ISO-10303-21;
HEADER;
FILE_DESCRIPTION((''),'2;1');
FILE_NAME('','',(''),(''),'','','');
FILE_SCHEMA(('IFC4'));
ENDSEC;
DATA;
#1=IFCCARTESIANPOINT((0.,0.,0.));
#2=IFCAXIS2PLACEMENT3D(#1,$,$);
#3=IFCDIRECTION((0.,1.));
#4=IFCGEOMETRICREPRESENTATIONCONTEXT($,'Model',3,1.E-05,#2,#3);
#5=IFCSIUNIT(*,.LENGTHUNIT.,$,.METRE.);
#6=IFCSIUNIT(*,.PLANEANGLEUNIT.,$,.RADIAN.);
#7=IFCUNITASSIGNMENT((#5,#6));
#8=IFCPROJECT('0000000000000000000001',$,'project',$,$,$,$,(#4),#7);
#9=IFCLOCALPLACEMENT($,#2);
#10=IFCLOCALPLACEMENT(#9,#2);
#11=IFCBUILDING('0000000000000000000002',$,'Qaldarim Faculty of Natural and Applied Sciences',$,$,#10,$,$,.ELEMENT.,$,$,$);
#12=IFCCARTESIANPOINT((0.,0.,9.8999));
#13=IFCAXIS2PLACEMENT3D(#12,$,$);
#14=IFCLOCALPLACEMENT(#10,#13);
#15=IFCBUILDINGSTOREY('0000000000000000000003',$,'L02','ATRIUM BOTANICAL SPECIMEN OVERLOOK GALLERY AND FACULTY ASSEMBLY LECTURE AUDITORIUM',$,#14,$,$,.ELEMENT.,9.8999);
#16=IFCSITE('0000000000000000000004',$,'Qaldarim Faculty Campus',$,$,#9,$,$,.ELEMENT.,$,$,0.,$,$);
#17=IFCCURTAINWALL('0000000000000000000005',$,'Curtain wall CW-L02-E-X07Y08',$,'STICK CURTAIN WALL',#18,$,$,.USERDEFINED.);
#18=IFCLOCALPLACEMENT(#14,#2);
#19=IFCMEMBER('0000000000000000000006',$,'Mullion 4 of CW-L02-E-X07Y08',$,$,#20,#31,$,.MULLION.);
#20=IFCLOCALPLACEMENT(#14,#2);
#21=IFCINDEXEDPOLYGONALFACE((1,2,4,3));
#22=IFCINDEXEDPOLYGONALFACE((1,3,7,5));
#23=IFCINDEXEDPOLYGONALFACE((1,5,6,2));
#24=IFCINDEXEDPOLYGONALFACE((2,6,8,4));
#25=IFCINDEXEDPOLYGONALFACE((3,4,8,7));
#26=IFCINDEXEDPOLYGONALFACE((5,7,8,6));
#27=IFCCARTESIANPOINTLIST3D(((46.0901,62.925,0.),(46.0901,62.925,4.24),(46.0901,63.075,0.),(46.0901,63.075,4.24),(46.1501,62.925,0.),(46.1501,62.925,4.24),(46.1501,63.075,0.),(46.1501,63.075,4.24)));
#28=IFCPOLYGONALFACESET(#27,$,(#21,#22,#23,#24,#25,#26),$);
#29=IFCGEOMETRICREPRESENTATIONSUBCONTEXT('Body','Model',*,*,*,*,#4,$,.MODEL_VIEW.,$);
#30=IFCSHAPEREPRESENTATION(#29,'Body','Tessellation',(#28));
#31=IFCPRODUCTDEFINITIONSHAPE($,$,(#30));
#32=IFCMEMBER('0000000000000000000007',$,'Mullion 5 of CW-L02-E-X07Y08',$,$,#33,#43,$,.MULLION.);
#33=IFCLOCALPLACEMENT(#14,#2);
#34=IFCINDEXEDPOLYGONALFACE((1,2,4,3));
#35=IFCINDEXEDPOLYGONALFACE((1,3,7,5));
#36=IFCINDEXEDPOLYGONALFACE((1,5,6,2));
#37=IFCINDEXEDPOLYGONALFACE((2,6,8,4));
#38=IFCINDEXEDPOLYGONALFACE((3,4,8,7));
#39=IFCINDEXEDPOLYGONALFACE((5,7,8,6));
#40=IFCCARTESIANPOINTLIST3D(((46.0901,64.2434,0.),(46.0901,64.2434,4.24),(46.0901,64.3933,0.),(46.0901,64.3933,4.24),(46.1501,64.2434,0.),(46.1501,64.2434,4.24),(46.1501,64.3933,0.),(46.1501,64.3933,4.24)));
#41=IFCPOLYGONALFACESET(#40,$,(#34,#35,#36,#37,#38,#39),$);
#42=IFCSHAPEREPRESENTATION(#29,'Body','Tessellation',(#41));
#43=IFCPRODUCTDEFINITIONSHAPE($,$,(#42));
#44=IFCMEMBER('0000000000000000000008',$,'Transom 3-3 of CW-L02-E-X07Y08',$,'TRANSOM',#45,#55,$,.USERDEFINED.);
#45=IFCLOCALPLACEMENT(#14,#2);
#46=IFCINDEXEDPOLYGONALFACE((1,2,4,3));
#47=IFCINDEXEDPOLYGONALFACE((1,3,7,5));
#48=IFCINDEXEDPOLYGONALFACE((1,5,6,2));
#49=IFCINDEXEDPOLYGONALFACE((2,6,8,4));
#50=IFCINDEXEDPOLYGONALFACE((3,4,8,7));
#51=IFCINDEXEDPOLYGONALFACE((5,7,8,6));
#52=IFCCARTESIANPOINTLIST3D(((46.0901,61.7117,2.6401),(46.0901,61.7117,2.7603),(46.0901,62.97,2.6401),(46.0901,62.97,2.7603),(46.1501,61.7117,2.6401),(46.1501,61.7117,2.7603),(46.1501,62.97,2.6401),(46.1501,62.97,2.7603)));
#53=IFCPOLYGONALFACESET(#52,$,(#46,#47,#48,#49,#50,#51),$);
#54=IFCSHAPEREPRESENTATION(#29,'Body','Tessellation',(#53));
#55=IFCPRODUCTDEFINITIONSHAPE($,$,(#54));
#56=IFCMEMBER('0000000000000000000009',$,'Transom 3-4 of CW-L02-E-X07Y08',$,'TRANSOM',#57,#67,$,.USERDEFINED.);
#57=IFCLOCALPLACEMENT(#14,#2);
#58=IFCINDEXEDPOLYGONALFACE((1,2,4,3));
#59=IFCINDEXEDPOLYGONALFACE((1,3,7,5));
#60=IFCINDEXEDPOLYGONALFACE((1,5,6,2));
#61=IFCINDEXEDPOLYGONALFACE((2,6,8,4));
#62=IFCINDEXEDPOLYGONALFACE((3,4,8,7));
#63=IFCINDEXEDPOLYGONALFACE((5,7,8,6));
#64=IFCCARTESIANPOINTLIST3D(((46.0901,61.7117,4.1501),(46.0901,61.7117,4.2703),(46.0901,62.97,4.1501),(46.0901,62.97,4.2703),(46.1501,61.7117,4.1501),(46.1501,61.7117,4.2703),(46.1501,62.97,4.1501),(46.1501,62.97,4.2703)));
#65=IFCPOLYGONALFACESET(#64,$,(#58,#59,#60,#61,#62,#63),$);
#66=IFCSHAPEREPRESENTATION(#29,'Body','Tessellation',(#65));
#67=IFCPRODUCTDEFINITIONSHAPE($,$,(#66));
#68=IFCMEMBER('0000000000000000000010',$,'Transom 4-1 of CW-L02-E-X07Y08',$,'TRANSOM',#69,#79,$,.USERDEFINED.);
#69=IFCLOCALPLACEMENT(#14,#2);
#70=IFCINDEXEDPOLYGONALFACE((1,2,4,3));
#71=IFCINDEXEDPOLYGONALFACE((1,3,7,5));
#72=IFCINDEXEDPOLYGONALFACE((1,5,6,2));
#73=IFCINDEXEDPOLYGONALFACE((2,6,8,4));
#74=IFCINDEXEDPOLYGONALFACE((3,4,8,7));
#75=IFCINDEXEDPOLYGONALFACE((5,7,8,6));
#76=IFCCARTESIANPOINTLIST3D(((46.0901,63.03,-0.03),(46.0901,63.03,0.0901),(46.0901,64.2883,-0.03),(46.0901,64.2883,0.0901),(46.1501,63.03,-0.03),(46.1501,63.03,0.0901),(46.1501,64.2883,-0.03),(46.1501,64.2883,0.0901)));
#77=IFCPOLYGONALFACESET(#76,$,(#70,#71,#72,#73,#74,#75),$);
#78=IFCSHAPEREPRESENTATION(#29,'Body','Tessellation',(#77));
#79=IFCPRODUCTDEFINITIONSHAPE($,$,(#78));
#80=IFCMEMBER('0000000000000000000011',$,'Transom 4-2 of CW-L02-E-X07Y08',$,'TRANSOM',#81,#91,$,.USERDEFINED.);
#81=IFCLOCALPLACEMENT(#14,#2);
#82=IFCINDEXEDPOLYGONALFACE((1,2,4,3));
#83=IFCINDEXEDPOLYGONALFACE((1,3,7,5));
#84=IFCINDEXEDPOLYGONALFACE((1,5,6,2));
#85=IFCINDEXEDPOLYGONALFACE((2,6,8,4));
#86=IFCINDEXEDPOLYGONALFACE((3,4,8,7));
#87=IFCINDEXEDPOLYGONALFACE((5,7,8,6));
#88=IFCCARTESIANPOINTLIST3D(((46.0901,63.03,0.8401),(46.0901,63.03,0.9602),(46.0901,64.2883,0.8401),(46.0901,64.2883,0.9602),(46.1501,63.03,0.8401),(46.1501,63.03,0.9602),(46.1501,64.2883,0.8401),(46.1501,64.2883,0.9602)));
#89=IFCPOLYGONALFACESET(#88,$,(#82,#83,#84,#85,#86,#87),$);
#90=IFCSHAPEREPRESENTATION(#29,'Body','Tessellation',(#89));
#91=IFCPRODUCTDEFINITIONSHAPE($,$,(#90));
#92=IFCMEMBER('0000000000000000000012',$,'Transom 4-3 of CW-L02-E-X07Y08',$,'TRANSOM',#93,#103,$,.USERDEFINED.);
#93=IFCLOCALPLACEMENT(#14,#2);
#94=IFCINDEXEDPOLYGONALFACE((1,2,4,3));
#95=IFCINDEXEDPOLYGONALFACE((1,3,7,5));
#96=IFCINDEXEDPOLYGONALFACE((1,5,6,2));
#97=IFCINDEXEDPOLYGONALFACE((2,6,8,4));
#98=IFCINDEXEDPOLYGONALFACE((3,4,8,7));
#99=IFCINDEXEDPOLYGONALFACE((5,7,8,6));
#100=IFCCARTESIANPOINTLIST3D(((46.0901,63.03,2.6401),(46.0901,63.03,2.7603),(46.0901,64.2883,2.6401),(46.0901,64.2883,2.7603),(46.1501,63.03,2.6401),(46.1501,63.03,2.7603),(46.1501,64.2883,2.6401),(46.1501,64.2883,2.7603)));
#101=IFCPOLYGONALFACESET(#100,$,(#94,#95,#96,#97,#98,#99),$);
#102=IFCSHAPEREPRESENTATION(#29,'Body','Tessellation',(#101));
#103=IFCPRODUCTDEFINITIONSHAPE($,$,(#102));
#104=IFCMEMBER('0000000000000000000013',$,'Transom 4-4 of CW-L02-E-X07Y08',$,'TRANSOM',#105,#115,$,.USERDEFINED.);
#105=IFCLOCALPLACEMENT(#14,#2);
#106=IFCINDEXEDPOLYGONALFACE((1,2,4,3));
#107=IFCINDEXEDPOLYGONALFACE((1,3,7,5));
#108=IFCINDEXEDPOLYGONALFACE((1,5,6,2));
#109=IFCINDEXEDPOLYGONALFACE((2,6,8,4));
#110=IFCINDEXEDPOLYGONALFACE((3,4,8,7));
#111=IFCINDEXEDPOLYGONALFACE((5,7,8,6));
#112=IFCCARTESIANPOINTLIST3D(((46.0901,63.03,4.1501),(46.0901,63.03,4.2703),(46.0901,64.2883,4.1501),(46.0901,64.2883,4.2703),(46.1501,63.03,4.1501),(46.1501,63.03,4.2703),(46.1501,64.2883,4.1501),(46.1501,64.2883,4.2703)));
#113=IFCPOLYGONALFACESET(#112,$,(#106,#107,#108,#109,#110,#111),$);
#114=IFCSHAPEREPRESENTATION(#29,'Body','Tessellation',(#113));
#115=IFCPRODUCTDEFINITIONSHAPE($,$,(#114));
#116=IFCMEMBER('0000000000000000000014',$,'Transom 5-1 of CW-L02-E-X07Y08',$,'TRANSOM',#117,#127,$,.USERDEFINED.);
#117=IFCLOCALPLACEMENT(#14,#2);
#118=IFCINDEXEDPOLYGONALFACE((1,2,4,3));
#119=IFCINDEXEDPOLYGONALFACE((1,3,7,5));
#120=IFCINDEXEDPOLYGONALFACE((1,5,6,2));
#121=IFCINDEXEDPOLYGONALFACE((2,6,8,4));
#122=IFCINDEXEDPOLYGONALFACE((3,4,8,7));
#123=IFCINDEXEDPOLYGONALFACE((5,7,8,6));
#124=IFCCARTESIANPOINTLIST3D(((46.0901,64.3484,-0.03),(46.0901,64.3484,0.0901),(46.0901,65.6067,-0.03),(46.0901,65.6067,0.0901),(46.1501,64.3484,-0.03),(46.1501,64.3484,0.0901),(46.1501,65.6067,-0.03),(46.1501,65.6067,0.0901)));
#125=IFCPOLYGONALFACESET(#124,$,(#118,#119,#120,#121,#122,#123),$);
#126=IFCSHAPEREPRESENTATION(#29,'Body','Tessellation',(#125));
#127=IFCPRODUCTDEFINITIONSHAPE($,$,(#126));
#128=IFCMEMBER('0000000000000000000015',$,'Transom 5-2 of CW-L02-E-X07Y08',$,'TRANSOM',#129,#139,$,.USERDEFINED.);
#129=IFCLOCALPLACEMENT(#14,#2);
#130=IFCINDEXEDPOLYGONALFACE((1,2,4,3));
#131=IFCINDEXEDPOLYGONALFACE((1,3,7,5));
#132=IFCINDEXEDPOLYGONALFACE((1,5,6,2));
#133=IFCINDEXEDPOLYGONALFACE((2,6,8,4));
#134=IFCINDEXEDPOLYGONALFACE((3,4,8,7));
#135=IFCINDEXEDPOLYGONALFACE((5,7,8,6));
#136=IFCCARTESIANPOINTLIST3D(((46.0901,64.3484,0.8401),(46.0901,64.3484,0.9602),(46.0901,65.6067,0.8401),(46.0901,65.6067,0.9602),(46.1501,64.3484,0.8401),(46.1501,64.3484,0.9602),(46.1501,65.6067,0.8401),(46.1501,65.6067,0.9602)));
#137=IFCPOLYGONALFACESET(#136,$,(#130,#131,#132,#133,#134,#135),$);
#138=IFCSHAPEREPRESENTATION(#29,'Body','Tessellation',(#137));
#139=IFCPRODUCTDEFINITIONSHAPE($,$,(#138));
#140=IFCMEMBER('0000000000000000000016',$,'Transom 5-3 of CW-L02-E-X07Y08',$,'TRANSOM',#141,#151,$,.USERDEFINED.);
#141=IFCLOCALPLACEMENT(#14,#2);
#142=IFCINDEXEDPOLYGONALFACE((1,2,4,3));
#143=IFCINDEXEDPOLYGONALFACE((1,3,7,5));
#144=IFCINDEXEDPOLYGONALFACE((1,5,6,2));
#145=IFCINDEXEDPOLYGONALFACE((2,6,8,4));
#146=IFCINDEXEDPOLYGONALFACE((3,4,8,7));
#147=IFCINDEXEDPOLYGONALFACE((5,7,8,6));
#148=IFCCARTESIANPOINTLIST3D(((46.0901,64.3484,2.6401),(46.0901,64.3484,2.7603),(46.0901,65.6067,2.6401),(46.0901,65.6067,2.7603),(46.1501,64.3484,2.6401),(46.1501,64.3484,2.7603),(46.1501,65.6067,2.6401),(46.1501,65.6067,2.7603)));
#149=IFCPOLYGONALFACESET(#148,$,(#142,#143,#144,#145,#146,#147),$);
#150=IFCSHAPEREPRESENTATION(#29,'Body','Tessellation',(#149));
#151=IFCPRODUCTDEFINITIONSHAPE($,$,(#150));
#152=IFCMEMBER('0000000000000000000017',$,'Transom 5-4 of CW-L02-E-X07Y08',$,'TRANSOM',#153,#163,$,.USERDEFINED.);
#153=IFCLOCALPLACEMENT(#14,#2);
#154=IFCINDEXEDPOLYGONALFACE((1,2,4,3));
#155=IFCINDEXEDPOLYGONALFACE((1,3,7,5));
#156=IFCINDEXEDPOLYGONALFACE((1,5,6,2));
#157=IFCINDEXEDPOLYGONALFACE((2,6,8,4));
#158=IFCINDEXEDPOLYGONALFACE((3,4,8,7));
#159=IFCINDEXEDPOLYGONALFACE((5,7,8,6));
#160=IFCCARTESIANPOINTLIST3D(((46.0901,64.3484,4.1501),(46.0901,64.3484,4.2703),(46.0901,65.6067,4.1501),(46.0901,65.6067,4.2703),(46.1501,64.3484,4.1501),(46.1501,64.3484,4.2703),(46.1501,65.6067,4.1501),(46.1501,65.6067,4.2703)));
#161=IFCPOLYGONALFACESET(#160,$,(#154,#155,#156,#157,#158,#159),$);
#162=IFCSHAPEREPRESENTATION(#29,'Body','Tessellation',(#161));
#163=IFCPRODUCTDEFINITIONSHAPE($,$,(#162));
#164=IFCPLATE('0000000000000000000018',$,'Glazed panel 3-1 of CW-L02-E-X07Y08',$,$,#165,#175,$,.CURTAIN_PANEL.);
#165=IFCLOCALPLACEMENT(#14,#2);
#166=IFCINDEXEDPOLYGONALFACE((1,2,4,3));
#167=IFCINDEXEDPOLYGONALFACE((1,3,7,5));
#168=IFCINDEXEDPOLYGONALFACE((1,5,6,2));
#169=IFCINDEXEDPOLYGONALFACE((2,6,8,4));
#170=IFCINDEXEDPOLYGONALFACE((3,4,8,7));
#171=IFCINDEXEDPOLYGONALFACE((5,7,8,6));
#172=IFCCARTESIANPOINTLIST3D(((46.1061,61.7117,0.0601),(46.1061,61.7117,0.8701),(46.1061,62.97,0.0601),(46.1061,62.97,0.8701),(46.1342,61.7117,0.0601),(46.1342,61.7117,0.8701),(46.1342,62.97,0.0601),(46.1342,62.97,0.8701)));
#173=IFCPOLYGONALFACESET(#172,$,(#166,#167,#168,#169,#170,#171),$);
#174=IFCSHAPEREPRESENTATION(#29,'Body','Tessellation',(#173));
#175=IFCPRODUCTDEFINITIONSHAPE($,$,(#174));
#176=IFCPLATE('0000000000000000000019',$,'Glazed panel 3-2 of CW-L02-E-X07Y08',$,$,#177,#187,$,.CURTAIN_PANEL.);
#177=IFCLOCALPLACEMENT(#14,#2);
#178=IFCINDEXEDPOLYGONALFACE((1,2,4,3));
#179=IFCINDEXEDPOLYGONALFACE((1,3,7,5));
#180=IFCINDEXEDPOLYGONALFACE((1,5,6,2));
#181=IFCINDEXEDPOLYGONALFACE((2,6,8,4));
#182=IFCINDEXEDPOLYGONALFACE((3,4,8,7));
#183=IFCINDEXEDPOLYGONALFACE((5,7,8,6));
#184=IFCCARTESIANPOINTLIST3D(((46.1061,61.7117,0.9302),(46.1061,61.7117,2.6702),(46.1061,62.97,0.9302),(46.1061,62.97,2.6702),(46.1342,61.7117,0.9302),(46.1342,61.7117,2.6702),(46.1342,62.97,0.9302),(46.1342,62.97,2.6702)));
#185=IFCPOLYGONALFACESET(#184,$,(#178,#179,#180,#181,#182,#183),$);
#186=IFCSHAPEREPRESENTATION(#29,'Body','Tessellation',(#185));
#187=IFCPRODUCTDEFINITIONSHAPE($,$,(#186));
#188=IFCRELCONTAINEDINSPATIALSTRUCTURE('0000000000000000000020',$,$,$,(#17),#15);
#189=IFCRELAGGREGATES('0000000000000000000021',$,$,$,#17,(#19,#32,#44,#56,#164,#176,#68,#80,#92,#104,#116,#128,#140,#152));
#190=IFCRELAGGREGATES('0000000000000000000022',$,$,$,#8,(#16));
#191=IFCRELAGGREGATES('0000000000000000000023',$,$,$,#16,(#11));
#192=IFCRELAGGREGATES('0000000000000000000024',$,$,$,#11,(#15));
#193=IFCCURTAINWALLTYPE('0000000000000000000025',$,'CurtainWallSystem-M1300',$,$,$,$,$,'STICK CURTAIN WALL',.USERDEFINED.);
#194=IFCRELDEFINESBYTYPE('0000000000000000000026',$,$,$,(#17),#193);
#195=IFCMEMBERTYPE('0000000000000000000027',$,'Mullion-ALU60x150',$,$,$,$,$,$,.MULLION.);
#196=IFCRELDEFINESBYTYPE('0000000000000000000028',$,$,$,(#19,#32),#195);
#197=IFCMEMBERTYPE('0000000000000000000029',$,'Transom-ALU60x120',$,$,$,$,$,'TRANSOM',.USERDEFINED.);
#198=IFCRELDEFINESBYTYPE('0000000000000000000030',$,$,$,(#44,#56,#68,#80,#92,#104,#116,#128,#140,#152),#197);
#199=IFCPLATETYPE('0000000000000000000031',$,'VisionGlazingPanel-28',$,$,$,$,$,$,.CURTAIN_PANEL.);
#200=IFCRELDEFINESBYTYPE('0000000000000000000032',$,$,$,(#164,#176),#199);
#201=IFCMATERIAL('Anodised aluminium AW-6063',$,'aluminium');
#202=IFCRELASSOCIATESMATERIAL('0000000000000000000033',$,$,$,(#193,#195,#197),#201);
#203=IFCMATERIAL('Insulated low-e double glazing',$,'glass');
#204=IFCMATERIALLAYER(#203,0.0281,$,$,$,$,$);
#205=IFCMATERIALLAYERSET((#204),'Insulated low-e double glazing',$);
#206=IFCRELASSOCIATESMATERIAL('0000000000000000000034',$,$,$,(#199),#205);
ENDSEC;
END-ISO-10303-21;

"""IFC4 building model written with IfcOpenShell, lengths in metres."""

from ifc_helpers import new_model, si_unit, direction, frame, origin, origin_2d, place, context, subcontext, project, spatial, rectangle, extrude, material, layer, layer_set, material_profile, profile_set, type_object, element, aggregate, save


model = new_model("IFC4")

# Units and contexts
model_context = context("Model", 3, precision=1e-05, world=origin(), true_north=direction((0.0, 1.0)))
body_context = subcontext(model_context, "Body", "Model", "MODEL_VIEW")
ifc_project = project(units=[si_unit("LENGTHUNIT", "METRE"), si_unit("PLANEANGLEUNIT", "RADIAN")], contexts=[model_context])

# Site, building, storey
site_placement = place(None, origin())
site = spatial("IfcSite", under=ifc_project, at=site_placement, Name="Qaldarim Faculty Campus", CompositionType="ELEMENT", RefElevation=0.0)
building_placement = place(site_placement, origin())
building = spatial("IfcBuilding", under=site, at=building_placement, Name="Qaldarim Faculty of Natural and Applied Sciences", CompositionType="ELEMENT")
storey_placement = place(building_placement, frame((0.0, 0.0, 9.8999)))
storey = spatial("IfcBuildingStorey", under=building, at=storey_placement, Name="L02", Description="ATRIUM BOTANICAL SPECIMEN OVERLOOK GALLERY AND FACULTY ASSEMBLY LECTURE AUDITORIUM", CompositionType="ELEMENT", Elevation=9.8999)

# Curtain wall, members, plates
ifc_material_1 = material(Name="Anodised aluminium AW-6063", Category="aluminium")
curtain_wall_type = type_object("IfcCurtainWallType", Name="CurtainWallSystem-M1300", ElementType="STICK CURTAIN WALL", PredefinedType="USERDEFINED", material=ifc_material_1)
curtain_wall_placement = place(storey_placement, origin())
curtain_wall = element("IfcCurtainWall", 1, at=curtain_wall_placement, inside=storey, type_object=curtain_wall_type, Name="Curtain wall CW-L02-E-X07Y08", ObjectType="STICK CURTAIN WALL", PredefinedType="USERDEFINED")
ifc_material_profile_1 = material_profile(ifc_material_1, rectangle(XDim=0.0601, YDim=0.1499, at=origin_2d()), Name="ALU-M60x150")
ifc_profile_set_1 = profile_set([ifc_material_profile_1], Name="Anodised aluminium AW-6063")
member_type_1 = type_object("IfcMemberType", Name="Mullion-ALU60x150", PredefinedType="MULLION", material=ifc_profile_set_1)
member_1_placement = place(storey_placement, frame((46.1201, 63.0, 0.0), z_axis=(0.0, 0.0, 1.0), x_axis=(-1.0, 0.0, 0.0)))
member_1 = element("IfcMember", 2, at=member_1_placement, type_object=member_type_1, Name="Mullion 4 of CW-L02-E-X07Y08", PredefinedType="MULLION", context=body_context, shape_type="SweptSolid", body=[
    extrude(rectangle(XDim=0.0601, YDim=0.1499, at=origin_2d()), origin(), (0.0, 0.0, 1.0), 4.24),
])
member_2_placement = place(storey_placement, frame((46.1201, 64.3184, 0.0), z_axis=(0.0, 0.0, 1.0), x_axis=(-1.0, 0.0, 0.0)))
member_2 = element("IfcMember", 3, at=member_2_placement, type_object=member_type_1, Name="Mullion 5 of CW-L02-E-X07Y08", PredefinedType="MULLION", context=body_context, shape_type="SweptSolid", body=[
    extrude(rectangle(XDim=0.0601, YDim=0.1499, at=origin_2d()), origin(), (0.0, 0.0, 1.0), 4.24),
])
ifc_material_profile_2 = material_profile(ifc_material_1, rectangle(XDim=0.0601, YDim=0.1201, at=origin_2d()), Name="ALU-T60x120")
ifc_profile_set_2 = profile_set([ifc_material_profile_2], Name="Anodised aluminium AW-6063")
member_type_2 = type_object("IfcMemberType", Name="Transom-ALU60x120", ElementType="TRANSOM", PredefinedType="USERDEFINED", material=ifc_profile_set_2)
member_3_placement = place(storey_placement, frame((46.1201, 61.7117, 2.7002), z_axis=(0.0, 1.0, 0.0), x_axis=(-1.0, 0.0, 0.0)))
member_3 = element("IfcMember", 4, at=member_3_placement, type_object=member_type_2, Name="Transom 3-3 of CW-L02-E-X07Y08", ObjectType="TRANSOM", PredefinedType="USERDEFINED", context=body_context, shape_type="SweptSolid", body=[
    extrude(rectangle(XDim=0.0601, YDim=0.1201, at=origin_2d()), origin(), (0.0, 0.0, 1.0), 1.2583),
])
member_4_placement = place(storey_placement, frame((46.1201, 61.7117, 4.2102), z_axis=(0.0, 1.0, 0.0), x_axis=(-1.0, 0.0, 0.0)))
member_4 = element("IfcMember", 5, at=member_4_placement, type_object=member_type_2, Name="Transom 3-4 of CW-L02-E-X07Y08", ObjectType="TRANSOM", PredefinedType="USERDEFINED", context=body_context, shape_type="SweptSolid", body=[
    extrude(rectangle(XDim=0.0601, YDim=0.1201, at=origin_2d()), origin(), (0.0, 0.0, 1.0), 1.2583),
])
member_5_placement = place(storey_placement, frame((46.1201, 63.03, 0.03), z_axis=(0.0, 1.0, 0.0), x_axis=(-1.0, 0.0, 0.0)))
member_5 = element("IfcMember", 6, at=member_5_placement, type_object=member_type_2, Name="Transom 4-1 of CW-L02-E-X07Y08", ObjectType="TRANSOM", PredefinedType="USERDEFINED", context=body_context, shape_type="SweptSolid", body=[
    extrude(rectangle(XDim=0.0601, YDim=0.1201, at=origin_2d()), origin(), (0.0, 0.0, 1.0), 1.2583),
])
member_6_placement = place(storey_placement, frame((46.1201, 63.03, 0.9001), z_axis=(0.0, 1.0, 0.0), x_axis=(-1.0, 0.0, 0.0)))
member_6 = element("IfcMember", 7, at=member_6_placement, type_object=member_type_2, Name="Transom 4-2 of CW-L02-E-X07Y08", ObjectType="TRANSOM", PredefinedType="USERDEFINED", context=body_context, shape_type="SweptSolid", body=[
    extrude(rectangle(XDim=0.0601, YDim=0.1201, at=origin_2d()), origin(), (0.0, 0.0, 1.0), 1.2583),
])
member_7_placement = place(storey_placement, frame((46.1201, 63.03, 2.7002), z_axis=(0.0, 1.0, 0.0), x_axis=(-1.0, 0.0, 0.0)))
member_7 = element("IfcMember", 8, at=member_7_placement, type_object=member_type_2, Name="Transom 4-3 of CW-L02-E-X07Y08", ObjectType="TRANSOM", PredefinedType="USERDEFINED", context=body_context, shape_type="SweptSolid", body=[
    extrude(rectangle(XDim=0.0601, YDim=0.1201, at=origin_2d()), origin(), (0.0, 0.0, 1.0), 1.2583),
])
member_8_placement = place(storey_placement, frame((46.1201, 63.03, 4.2102), z_axis=(0.0, 1.0, 0.0), x_axis=(-1.0, 0.0, 0.0)))
member_8 = element("IfcMember", 9, at=member_8_placement, type_object=member_type_2, Name="Transom 4-4 of CW-L02-E-X07Y08", ObjectType="TRANSOM", PredefinedType="USERDEFINED", context=body_context, shape_type="SweptSolid", body=[
    extrude(rectangle(XDim=0.0601, YDim=0.1201, at=origin_2d()), origin(), (0.0, 0.0, 1.0), 1.2583),
])
member_9_placement = place(storey_placement, frame((46.1201, 64.3484, 0.03), z_axis=(0.0, 1.0, 0.0), x_axis=(-1.0, 0.0, 0.0)))
member_9 = element("IfcMember", 10, at=member_9_placement, type_object=member_type_2, Name="Transom 5-1 of CW-L02-E-X07Y08", ObjectType="TRANSOM", PredefinedType="USERDEFINED", context=body_context, shape_type="SweptSolid", body=[
    extrude(rectangle(XDim=0.0601, YDim=0.1201, at=origin_2d()), origin(), (0.0, 0.0, 1.0), 1.2583),
])
member_10_placement = place(storey_placement, frame((46.1201, 64.3484, 0.9001), z_axis=(0.0, 1.0, 0.0), x_axis=(-1.0, 0.0, 0.0)))
member_10 = element("IfcMember", 11, at=member_10_placement, type_object=member_type_2, Name="Transom 5-2 of CW-L02-E-X07Y08", ObjectType="TRANSOM", PredefinedType="USERDEFINED", context=body_context, shape_type="SweptSolid", body=[
    extrude(rectangle(XDim=0.0601, YDim=0.1201, at=origin_2d()), origin(), (0.0, 0.0, 1.0), 1.2583),
])
member_11_placement = place(storey_placement, frame((46.1201, 64.3484, 2.7002), z_axis=(0.0, 1.0, 0.0), x_axis=(-1.0, 0.0, 0.0)))
member_11 = element("IfcMember", 12, at=member_11_placement, type_object=member_type_2, Name="Transom 5-3 of CW-L02-E-X07Y08", ObjectType="TRANSOM", PredefinedType="USERDEFINED", context=body_context, shape_type="SweptSolid", body=[
    extrude(rectangle(XDim=0.0601, YDim=0.1201, at=origin_2d()), origin(), (0.0, 0.0, 1.0), 1.2583),
])
member_12_placement = place(storey_placement, frame((46.1201, 64.3484, 4.2102), z_axis=(0.0, 1.0, 0.0), x_axis=(-1.0, 0.0, 0.0)))
member_12 = element("IfcMember", 13, at=member_12_placement, type_object=member_type_2, Name="Transom 5-4 of CW-L02-E-X07Y08", ObjectType="TRANSOM", PredefinedType="USERDEFINED", context=body_context, shape_type="SweptSolid", body=[
    extrude(rectangle(XDim=0.0601, YDim=0.1201, at=origin_2d()), origin(), (0.0, 0.0, 1.0), 1.2583),
])
ifc_material_2 = material(Name="Insulated low-e double glazing", Category="glass")
ifc_layer_1 = layer(ifc_material_2, 0.0281)
ifc_layer_set_1 = layer_set([ifc_layer_1], Name="Insulated low-e double glazing")
plate_type = type_object("IfcPlateType", Name="VisionGlazingPanel-28", PredefinedType="CURTAIN_PANEL", material=ifc_layer_set_1)
plate_1_placement = place(storey_placement, frame((46.1201, 62.3408, 0.0601), z_axis=(0.0, 0.0, 1.0), x_axis=(0.0, 1.0, 0.0)))
plate_1 = element("IfcPlate", 14, at=plate_1_placement, type_object=plate_type, Name="Glazed panel 3-1 of CW-L02-E-X07Y08", PredefinedType="CURTAIN_PANEL", context=body_context, shape_type="SweptSolid", body=[
    extrude(rectangle(XDim=1.2583, YDim=0.0281, at=origin_2d()), origin(), (0.0, 0.0, 1.0), 0.8101),
])
plate_2_placement = place(storey_placement, frame((46.1201, 62.3408, 0.9302), z_axis=(0.0, 0.0, 1.0), x_axis=(0.0, 1.0, 0.0)))
plate_2 = element("IfcPlate", 15, at=plate_2_placement, type_object=plate_type, Name="Glazed panel 3-2 of CW-L02-E-X07Y08", PredefinedType="CURTAIN_PANEL", context=body_context, shape_type="SweptSolid", body=[
    extrude(rectangle(XDim=1.2583, YDim=0.0281, at=origin_2d()), origin(), (0.0, 0.0, 1.0), 1.74),
])
aggregate(curtain_wall, [member_1, member_2, member_3, member_4, plate_1, plate_2, member_5, member_6, member_7, member_8, member_9, member_10, member_11, member_12])

save(model, "model.ifc")
